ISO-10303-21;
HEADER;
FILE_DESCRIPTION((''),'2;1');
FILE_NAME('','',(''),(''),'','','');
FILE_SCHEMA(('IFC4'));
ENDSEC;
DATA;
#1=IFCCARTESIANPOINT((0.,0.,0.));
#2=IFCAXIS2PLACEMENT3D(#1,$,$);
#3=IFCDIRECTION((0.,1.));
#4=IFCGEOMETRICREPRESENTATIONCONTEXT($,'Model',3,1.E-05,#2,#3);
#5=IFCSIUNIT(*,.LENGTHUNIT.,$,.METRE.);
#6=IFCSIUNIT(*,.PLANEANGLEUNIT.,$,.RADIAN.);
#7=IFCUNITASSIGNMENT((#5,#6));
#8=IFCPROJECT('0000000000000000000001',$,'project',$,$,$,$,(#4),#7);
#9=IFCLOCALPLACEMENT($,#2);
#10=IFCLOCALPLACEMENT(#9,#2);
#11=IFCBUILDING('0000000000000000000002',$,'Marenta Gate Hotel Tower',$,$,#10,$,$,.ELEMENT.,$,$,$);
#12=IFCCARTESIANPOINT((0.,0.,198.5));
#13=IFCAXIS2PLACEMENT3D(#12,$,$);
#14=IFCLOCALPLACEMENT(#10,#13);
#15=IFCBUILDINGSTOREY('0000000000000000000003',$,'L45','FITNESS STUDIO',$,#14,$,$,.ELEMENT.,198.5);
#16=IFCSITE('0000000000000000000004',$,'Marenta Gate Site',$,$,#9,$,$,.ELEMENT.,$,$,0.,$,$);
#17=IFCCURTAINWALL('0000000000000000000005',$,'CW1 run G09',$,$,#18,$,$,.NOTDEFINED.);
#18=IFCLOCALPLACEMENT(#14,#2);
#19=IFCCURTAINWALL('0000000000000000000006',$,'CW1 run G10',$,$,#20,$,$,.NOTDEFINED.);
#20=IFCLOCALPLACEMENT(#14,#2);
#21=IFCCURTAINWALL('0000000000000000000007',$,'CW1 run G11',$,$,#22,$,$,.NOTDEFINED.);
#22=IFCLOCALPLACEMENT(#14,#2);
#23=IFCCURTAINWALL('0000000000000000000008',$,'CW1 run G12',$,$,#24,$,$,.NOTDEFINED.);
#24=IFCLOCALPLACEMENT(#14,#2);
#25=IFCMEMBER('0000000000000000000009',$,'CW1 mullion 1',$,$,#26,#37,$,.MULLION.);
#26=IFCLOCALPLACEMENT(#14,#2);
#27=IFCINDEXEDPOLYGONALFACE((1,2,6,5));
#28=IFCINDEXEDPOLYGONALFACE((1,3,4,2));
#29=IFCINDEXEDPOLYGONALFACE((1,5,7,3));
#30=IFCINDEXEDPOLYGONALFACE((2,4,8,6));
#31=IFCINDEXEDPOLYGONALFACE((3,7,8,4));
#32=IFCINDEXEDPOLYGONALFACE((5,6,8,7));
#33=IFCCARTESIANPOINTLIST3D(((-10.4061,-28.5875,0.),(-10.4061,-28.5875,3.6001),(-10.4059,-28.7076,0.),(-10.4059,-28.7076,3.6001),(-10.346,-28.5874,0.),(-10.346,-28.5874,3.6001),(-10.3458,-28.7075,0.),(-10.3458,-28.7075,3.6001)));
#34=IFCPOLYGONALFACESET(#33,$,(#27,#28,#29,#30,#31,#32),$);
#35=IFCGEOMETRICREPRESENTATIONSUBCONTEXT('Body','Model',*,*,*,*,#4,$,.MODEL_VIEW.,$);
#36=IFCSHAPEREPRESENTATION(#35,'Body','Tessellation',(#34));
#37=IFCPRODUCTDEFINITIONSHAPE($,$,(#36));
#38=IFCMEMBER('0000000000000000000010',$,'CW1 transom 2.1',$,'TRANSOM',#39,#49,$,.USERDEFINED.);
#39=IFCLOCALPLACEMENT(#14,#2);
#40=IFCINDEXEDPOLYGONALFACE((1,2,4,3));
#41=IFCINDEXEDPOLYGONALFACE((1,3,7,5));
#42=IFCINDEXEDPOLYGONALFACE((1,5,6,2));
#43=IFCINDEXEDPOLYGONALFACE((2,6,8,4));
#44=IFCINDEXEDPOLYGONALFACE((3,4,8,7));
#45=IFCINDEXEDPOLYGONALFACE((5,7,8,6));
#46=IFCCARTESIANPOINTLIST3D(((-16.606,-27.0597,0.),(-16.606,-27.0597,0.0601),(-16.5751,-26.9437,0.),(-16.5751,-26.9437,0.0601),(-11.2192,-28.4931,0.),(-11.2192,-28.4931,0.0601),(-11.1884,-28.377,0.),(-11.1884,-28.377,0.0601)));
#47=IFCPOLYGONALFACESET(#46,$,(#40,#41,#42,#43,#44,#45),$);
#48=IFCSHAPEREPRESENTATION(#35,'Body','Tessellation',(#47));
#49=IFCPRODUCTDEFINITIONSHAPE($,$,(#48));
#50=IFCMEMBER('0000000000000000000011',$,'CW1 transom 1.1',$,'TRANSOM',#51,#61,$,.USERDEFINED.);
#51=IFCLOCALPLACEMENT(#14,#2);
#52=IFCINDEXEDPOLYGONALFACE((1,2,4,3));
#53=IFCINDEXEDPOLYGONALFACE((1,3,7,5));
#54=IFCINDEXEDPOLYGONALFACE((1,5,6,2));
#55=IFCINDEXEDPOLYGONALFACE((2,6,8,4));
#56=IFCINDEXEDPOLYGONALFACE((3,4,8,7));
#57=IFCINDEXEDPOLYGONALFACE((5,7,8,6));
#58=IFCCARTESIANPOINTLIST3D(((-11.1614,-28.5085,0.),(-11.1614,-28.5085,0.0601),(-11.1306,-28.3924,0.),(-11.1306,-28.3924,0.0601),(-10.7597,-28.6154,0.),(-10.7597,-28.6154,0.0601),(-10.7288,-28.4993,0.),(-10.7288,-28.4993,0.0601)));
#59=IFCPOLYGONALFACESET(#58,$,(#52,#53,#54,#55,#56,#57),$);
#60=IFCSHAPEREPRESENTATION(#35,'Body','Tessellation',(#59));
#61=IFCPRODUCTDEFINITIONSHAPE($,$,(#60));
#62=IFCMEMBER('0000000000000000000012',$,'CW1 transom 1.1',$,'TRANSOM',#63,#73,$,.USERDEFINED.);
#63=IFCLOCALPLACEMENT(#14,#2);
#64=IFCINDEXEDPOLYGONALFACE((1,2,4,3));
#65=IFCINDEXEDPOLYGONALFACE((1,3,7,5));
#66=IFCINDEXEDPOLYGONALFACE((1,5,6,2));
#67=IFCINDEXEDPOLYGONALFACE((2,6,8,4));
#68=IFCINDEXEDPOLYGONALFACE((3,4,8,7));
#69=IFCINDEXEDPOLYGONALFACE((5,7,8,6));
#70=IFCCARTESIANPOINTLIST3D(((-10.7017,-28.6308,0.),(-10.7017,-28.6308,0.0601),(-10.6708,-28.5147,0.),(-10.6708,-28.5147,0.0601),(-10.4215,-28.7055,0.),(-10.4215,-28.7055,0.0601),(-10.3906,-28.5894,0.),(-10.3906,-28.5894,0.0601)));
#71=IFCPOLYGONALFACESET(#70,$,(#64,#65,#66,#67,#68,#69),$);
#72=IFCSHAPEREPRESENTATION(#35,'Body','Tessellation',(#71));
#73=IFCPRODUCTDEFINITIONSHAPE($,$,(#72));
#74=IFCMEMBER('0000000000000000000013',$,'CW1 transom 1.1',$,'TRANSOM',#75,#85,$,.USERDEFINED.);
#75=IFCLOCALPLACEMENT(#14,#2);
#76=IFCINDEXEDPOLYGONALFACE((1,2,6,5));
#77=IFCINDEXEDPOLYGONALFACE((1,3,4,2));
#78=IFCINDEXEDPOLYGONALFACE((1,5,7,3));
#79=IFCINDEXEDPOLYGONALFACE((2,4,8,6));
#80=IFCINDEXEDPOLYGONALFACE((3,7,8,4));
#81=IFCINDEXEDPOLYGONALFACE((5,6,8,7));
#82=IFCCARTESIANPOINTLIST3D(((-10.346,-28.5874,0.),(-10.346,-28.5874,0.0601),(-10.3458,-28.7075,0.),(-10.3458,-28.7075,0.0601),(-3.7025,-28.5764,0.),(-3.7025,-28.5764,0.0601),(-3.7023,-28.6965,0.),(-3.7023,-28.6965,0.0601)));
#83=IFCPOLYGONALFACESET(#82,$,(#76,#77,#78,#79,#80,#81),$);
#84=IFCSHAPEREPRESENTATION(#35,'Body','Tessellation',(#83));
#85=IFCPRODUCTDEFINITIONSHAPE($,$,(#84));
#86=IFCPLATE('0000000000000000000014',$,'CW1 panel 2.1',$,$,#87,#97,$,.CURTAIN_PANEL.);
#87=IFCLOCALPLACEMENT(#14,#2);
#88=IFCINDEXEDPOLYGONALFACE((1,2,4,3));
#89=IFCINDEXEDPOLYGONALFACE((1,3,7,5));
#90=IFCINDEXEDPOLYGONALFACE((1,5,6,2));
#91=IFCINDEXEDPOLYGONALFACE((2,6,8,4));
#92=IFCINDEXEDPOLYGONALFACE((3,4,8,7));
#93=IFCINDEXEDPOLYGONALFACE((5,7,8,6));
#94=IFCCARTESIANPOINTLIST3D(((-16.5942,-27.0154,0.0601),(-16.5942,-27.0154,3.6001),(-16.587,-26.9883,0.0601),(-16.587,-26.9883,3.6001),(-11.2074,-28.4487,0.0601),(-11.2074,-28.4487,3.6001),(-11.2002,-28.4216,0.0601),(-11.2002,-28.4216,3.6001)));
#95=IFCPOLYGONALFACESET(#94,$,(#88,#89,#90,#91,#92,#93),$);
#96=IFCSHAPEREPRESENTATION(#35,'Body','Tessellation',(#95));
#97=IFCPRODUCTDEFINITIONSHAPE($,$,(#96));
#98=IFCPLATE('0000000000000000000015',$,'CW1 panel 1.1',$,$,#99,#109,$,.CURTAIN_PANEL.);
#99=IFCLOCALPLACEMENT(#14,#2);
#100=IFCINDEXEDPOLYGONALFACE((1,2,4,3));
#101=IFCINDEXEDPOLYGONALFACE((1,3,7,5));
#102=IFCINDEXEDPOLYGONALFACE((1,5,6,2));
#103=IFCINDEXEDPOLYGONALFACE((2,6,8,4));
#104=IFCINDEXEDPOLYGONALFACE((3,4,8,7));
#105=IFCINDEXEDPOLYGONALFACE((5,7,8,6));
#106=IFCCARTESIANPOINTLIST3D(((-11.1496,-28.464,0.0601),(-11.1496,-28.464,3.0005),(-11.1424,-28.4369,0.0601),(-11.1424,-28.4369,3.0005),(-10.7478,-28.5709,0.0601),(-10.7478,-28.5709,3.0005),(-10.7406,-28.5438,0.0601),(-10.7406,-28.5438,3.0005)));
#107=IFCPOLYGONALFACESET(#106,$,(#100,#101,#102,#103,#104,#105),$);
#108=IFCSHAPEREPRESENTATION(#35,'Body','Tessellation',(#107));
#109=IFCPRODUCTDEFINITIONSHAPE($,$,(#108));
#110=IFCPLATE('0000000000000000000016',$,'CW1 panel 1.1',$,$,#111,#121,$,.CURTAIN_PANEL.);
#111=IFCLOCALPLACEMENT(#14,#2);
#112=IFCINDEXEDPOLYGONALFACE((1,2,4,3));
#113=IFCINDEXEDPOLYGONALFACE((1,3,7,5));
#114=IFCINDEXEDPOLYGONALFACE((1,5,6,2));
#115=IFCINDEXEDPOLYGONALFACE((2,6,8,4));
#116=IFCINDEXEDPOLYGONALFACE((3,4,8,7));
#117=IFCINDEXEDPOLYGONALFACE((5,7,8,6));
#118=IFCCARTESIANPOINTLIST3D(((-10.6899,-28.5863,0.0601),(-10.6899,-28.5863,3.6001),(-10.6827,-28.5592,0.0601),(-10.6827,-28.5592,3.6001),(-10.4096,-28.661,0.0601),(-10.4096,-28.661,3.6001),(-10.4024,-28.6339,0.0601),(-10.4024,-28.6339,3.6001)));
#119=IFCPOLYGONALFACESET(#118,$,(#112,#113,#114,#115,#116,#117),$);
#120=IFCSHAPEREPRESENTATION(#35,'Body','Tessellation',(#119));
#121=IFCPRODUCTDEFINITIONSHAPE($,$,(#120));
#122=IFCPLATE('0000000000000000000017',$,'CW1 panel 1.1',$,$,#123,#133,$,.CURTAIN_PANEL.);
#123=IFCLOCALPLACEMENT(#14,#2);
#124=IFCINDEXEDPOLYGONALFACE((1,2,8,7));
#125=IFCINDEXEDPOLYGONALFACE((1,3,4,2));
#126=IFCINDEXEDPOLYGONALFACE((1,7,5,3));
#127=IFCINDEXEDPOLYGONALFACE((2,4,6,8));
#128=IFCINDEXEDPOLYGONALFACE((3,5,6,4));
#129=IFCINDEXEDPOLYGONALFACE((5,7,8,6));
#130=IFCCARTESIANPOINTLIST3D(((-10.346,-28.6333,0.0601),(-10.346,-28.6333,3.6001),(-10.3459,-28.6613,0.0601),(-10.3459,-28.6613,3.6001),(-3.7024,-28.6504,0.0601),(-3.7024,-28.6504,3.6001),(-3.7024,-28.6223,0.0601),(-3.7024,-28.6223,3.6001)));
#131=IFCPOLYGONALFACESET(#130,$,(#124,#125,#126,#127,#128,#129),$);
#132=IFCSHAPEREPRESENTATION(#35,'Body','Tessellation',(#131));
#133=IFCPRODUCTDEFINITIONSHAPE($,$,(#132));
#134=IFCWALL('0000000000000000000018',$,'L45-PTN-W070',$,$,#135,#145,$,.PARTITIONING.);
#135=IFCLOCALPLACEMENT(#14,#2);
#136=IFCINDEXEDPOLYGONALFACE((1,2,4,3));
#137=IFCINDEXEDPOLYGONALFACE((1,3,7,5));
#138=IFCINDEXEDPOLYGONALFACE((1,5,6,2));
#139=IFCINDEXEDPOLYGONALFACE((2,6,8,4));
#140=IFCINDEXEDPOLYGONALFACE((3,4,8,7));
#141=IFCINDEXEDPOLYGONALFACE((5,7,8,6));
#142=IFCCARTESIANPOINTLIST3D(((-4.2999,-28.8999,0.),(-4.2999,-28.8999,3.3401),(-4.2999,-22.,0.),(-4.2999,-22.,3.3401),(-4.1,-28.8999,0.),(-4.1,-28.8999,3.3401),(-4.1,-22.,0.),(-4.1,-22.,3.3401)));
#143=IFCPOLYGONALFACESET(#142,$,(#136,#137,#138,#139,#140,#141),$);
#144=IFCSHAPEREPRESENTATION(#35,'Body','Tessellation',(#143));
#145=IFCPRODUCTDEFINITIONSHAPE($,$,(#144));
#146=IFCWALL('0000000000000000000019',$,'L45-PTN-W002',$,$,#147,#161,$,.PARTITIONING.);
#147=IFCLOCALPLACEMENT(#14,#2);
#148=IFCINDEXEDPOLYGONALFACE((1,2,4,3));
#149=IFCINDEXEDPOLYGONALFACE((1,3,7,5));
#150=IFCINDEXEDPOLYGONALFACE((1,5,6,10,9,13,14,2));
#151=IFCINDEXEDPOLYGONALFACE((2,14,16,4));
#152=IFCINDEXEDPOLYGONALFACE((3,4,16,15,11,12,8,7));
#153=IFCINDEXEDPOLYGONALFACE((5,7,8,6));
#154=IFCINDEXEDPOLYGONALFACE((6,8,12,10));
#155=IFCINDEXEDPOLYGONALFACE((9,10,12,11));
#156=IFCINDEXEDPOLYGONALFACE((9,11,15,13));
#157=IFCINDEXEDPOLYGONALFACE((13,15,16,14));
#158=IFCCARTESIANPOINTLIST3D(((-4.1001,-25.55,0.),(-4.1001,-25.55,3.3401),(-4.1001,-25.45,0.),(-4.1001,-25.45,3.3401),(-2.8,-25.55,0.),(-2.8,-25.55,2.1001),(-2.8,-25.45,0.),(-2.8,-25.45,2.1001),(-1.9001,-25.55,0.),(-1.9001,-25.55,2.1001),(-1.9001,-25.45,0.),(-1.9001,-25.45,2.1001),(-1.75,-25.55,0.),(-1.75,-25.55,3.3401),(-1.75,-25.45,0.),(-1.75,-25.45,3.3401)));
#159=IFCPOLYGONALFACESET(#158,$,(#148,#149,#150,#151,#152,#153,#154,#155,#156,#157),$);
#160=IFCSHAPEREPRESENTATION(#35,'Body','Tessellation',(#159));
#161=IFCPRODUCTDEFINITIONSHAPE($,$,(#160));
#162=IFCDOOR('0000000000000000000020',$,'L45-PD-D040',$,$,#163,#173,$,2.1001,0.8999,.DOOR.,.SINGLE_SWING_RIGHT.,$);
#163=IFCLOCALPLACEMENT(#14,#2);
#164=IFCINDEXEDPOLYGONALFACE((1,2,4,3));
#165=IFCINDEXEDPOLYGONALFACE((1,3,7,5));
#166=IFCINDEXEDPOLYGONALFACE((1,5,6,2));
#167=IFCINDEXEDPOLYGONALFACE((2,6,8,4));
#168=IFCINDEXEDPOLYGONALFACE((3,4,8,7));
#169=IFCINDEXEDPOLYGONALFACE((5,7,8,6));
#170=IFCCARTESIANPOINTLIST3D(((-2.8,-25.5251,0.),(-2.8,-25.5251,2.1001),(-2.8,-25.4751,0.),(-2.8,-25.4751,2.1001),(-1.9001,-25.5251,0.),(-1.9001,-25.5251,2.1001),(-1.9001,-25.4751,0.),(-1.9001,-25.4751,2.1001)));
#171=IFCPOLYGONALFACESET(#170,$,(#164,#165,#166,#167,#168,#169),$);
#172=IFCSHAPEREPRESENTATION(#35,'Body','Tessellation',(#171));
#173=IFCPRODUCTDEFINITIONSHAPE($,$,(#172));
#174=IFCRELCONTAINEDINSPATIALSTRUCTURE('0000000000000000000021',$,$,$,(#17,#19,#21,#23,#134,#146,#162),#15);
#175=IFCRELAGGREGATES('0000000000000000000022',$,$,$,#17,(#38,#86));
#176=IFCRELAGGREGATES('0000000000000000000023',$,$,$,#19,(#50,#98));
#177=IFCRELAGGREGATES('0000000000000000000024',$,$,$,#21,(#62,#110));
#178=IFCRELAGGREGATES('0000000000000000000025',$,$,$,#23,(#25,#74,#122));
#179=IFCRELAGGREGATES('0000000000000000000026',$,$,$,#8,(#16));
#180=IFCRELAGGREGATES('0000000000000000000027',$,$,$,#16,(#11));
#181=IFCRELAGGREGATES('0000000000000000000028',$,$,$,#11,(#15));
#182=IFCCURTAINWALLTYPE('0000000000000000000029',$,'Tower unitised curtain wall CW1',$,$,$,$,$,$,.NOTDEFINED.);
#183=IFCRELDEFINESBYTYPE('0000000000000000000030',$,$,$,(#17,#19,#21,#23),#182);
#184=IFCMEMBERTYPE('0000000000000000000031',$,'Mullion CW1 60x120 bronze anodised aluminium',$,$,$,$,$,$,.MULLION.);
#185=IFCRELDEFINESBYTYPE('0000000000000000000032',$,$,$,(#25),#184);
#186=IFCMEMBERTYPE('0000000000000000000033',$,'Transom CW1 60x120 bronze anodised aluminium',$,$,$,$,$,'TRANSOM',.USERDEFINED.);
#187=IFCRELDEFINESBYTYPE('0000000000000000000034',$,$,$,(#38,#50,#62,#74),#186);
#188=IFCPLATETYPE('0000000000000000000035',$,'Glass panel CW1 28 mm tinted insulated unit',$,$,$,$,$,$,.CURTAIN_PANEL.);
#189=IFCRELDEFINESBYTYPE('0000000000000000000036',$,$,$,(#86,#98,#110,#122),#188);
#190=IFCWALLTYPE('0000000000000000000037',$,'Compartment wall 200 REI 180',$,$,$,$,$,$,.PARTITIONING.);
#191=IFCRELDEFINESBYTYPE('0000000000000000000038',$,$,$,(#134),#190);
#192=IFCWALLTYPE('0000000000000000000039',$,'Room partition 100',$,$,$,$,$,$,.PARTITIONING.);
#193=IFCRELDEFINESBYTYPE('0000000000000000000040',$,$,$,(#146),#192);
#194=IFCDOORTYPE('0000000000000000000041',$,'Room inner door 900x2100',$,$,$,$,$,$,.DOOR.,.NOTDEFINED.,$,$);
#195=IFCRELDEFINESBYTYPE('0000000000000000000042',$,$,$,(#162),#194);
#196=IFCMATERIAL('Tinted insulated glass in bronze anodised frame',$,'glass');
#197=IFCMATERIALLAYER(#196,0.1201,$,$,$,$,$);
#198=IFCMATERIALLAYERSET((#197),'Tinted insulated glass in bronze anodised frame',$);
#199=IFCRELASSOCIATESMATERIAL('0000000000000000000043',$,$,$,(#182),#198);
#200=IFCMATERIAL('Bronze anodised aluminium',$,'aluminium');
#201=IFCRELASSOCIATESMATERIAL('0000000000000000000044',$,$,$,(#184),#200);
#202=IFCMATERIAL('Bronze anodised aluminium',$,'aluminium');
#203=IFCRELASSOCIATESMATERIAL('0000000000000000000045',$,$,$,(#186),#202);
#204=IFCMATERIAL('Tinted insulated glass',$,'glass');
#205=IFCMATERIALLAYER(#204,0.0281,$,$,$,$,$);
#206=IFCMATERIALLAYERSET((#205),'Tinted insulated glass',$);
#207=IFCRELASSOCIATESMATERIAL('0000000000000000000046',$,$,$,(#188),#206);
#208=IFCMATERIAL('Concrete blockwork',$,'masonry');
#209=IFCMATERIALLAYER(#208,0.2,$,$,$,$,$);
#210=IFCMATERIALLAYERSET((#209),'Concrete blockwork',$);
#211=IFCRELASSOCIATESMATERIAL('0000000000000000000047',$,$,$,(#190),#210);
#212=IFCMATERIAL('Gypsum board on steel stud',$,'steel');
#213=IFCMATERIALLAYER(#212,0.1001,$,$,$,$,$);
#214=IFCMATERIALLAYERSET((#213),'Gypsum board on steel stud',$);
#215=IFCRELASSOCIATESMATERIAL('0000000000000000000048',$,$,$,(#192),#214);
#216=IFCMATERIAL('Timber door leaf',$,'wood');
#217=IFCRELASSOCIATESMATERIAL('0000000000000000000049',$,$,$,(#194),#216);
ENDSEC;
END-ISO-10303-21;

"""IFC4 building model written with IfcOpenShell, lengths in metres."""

from ifc_helpers import new_model, si_unit, direction, frame, frame_2d, origin, origin_2d, place, context, subcontext, project, spatial, rectangle, extrude, material, layer, layer_set, material_profile, profile_set, type_object, element, fill, aggregate, save


model = new_model("IFC4")

# Units and contexts
model_context = context("Model", 3, precision=1e-05, world=origin(), true_north=direction((0.0, 1.0)))
body_context = subcontext(model_context, "Body", "Model", "MODEL_VIEW")
ifc_project = project(units=[si_unit("LENGTHUNIT", "METRE"), si_unit("PLANEANGLEUNIT", "RADIAN")], contexts=[model_context])

# Site, building, storey
site_placement = place(None, origin())
site = spatial("IfcSite", under=ifc_project, at=site_placement, Name="Marenta Gate Site", CompositionType="ELEMENT", RefElevation=0.0)
building_placement = place(site_placement, origin())
building = spatial("IfcBuilding", under=site, at=building_placement, Name="Marenta Gate Hotel Tower", CompositionType="ELEMENT")
storey_placement = place(building_placement, frame((0.0, 0.0, 198.5)))
storey = spatial("IfcBuildingStorey", under=building, at=storey_placement, Name="L45", Description="FITNESS STUDIO", CompositionType="ELEMENT", Elevation=198.5)

# Curtain walls, member
ifc_material_1 = material(Name="Tinted insulated glass in bronze anodised frame", Category="glass")
ifc_layer_1 = layer(ifc_material_1, 0.1201)
ifc_layer_set_1 = layer_set([ifc_layer_1], Name="Tinted insulated glass in bronze anodised frame")
curtain_wall_type = type_object("IfcCurtainWallType", Name="Tower unitised curtain wall CW1", PredefinedType="NOTDEFINED", material=ifc_layer_set_1)
curtain_wall_1_placement = place(storey_placement, origin())
curtain_wall_1 = element("IfcCurtainWall", 1, at=curtain_wall_1_placement, inside=storey, type_object=curtain_wall_type, Name="CW1 run G09", PredefinedType="NOTDEFINED")
ifc_material_2 = material(Name="Bronze anodised aluminium", Category="aluminium")
ifc_material_profile_1 = material_profile(ifc_material_2, rectangle(XDim=0.1201, YDim=0.0601, at=origin_2d()), Name="Mullion CW1 60x120 bronze anodised aluminium")
ifc_profile_set_1 = profile_set([ifc_material_profile_1], Name="Bronze anodised aluminium")
member_type_1 = type_object("IfcMemberType", Name="Mullion CW1 60x120 bronze anodised aluminium", PredefinedType="MULLION", material=ifc_profile_set_1)
curtain_wall_2_placement = place(storey_placement, origin())
curtain_wall_2 = element("IfcCurtainWall", 2, at=curtain_wall_2_placement, inside=storey, type_object=curtain_wall_type, Name="CW1 run G10", PredefinedType="NOTDEFINED")
curtain_wall_3_placement = place(storey_placement, origin())
curtain_wall_3 = element("IfcCurtainWall", 3, at=curtain_wall_3_placement, inside=storey, type_object=curtain_wall_type, Name="CW1 run G11", PredefinedType="NOTDEFINED")
curtain_wall_4_placement = place(storey_placement, origin())
curtain_wall_4 = element("IfcCurtainWall", 4, at=curtain_wall_4_placement, inside=storey, type_object=curtain_wall_type, Name="CW1 run G12", PredefinedType="NOTDEFINED")
member_1_placement = place(storey_placement, frame((-10.376, -28.6475, 0.0), z_axis=(0.0, 0.0, 1.0), x_axis=(-0.001643, 0.999999, 0.0)))
member_1 = element("IfcMember", 5, at=member_1_placement, type_object=member_type_1, Name="CW1 mullion 1", PredefinedType="MULLION", context=body_context, shape_type="SweptSolid", body=[
    extrude(rectangle(XDim=0.1201, YDim=0.0601, at=origin_2d()), origin(), (0.0, 0.0, 1.0), 3.6001),
])

# Members
ifc_material_3 = material(Name="Bronze anodised aluminium", Category="aluminium")
ifc_material_profile_2 = material_profile(ifc_material_3, rectangle(XDim=0.1201, YDim=0.0601, at=origin_2d()), Name="Transom CW1 60x120 bronze anodised aluminium")
ifc_profile_set_2 = profile_set([ifc_material_profile_2], Name="Bronze anodised aluminium")
member_type_2 = type_object("IfcMemberType", Name="Transom CW1 60x120 bronze anodised aluminium", ElementType="TRANSOM", PredefinedType="USERDEFINED", material=ifc_profile_set_2)
member_2_placement = place(storey_placement, frame((-16.5906, -27.0017, 0.03), z_axis=(0.966374, -0.257142, 0.0), x_axis=(0.257142, 0.966374, 0.0)))
member_2 = element("IfcMember", 6, at=member_2_placement, type_object=member_type_2, Name="CW1 transom 2.1", ObjectType="TRANSOM", PredefinedType="USERDEFINED", context=body_context, shape_type="SweptSolid", body=[
    extrude(rectangle(XDim=0.1201, YDim=0.0601, at=origin_2d()), origin(), (0.0, 0.0, 1.0), 5.5742),
])
member_3_placement = place(storey_placement, frame((-11.146, -28.4504, 0.03), z_axis=(0.966371, -0.257151, 0.0), x_axis=(0.257151, 0.966371, 0.0)))
member_3 = element("IfcMember", 7, at=member_3_placement, type_object=member_type_2, Name="CW1 transom 1.1", ObjectType="TRANSOM", PredefinedType="USERDEFINED", context=body_context, shape_type="SweptSolid", body=[
    extrude(rectangle(XDim=0.1201, YDim=0.0601, at=origin_2d()), origin(), (0.0, 0.0, 1.0), 0.4158),
])
member_4_placement = place(storey_placement, frame((-10.6863, -28.5728, 0.03), z_axis=(0.966263, -0.257558, 0.0), x_axis=(0.257558, 0.966263, 0.0)))
member_4 = element("IfcMember", 8, at=member_4_placement, type_object=member_type_2, Name="CW1 transom 1.1", ObjectType="TRANSOM", PredefinedType="USERDEFINED", context=body_context, shape_type="SweptSolid", body=[
    extrude(rectangle(XDim=0.1201, YDim=0.0601, at=origin_2d()), origin(), (0.0, 0.0, 1.0), 0.29),
])
member_5_placement = place(storey_placement, frame((-10.3459, -28.6475, 0.03), z_axis=(0.999999, 0.001654, 0.0), x_axis=(-0.001654, 0.999999, 0.0)))
member_5 = element("IfcMember", 9, at=member_5_placement, type_object=member_type_2, Name="CW1 transom 1.1", ObjectType="TRANSOM", PredefinedType="USERDEFINED", context=body_context, shape_type="SweptSolid", body=[
    extrude(rectangle(XDim=0.1201, YDim=0.0601, at=origin_2d()), origin(), (0.0, 0.0, 1.0), 6.6436),
])

# Plates
ifc_material_4 = material(Name="Tinted insulated glass", Category="glass")
ifc_layer_2 = layer(ifc_material_4, 0.0281)
ifc_layer_set_2 = layer_set([ifc_layer_2], Name="Tinted insulated glass")
plate_type = type_object("IfcPlateType", Name="Glass panel CW1 28 mm tinted insulated unit", PredefinedType="CURTAIN_PANEL", material=ifc_layer_set_2)
plate_1_placement = place(storey_placement, frame((-13.8972, -27.7185, 0.0601), z_axis=(0.0, 0.0, 1.0), x_axis=(0.966376, -0.257132, 0.0)))
plate_1 = element("IfcPlate", 10, at=plate_1_placement, type_object=plate_type, Name="CW1 panel 2.1", PredefinedType="CURTAIN_PANEL", context=body_context, shape_type="SweptSolid", body=[
    extrude(rectangle(XDim=5.5742, YDim=0.0281, at=origin_2d()), origin(), (0.0, 0.0, 1.0), 3.54),
])
aggregate(curtain_wall_1, [member_2, plate_1])
plate_2_placement = place(storey_placement, frame((-10.9451, -28.5039, 0.0601), z_axis=(0.0, 0.0, 1.0), x_axis=(0.966385, -0.2571, 0.0)))
plate_2 = element("IfcPlate", 11, at=plate_2_placement, type_object=plate_type, Name="CW1 panel 1.1", PredefinedType="CURTAIN_PANEL", context=body_context, shape_type="SweptSolid", body=[
    extrude(rectangle(XDim=0.4158, YDim=0.0281, at=origin_2d()), origin(), (0.0, 0.0, 1.0), 2.9404),
])
aggregate(curtain_wall_2, [member_3, plate_2])
plate_3_placement = place(storey_placement, frame((-10.5461, -28.6101, 0.0601), z_axis=(0.0, 0.0, 1.0), x_axis=(0.966297, -0.257431, 0.0)))
plate_3 = element("IfcPlate", 12, at=plate_3_placement, type_object=plate_type, Name="CW1 panel 1.1", PredefinedType="CURTAIN_PANEL", context=body_context, shape_type="SweptSolid", body=[
    extrude(rectangle(XDim=0.29, YDim=0.0281, at=origin_2d()), origin(), (0.0, 0.0, 1.0), 3.54),
])
aggregate(curtain_wall_3, [member_4, plate_3])
plate_4_placement = place(storey_placement, frame((-7.0242, -28.6418, 0.0601), z_axis=(0.0, 0.0, 1.0), x_axis=(0.999999, 0.001643, 0.0)))
plate_4 = element("IfcPlate", 13, at=plate_4_placement, type_object=plate_type, Name="CW1 panel 1.1", PredefinedType="CURTAIN_PANEL", context=body_context, shape_type="SweptSolid", body=[
    extrude(rectangle(XDim=6.6436, YDim=0.0281, at=origin_2d()), origin(), (0.0, 0.0, 1.0), 3.54),
])
aggregate(curtain_wall_4, [member_1, member_5, plate_4])

# Wall
ifc_material_5 = material(Name="Concrete blockwork", Category="masonry")
ifc_layer_3 = layer(ifc_material_5, 0.2)
ifc_layer_set_3 = layer_set([ifc_layer_3], Name="Concrete blockwork")
wall_type_1 = type_object("IfcWallType", Name="Compartment wall 200 REI 180", PredefinedType="PARTITIONING", material=ifc_layer_set_3)
wall_1_placement = place(storey_placement, frame((-4.2, -28.8999, 0.0), z_axis=(0.0, 0.0, 1.0), x_axis=(0.0, 1.0, 0.0)))
element("IfcWall", 14, at=wall_1_placement, inside=storey, type_object=wall_type_1, Name="L45-PTN-W070", PredefinedType="PARTITIONING", context=body_context, shape_type="SweptSolid", body=[
    extrude(rectangle(XDim=6.8999, YDim=0.2, at=frame_2d((3.45, 0.0))), origin(), (0.0, 0.0, 1.0), 3.3401),
])

# Wall, opening, door
ifc_material_6 = material(Name="Gypsum board on steel stud", Category="steel")
ifc_layer_4 = layer(ifc_material_6, 0.1001)
ifc_layer_set_4 = layer_set([ifc_layer_4], Name="Gypsum board on steel stud")
wall_type_2 = type_object("IfcWallType", Name="Room partition 100", PredefinedType="PARTITIONING", material=ifc_layer_set_4)
wall_2_placement = place(storey_placement, frame((-4.1001, -25.5, 0.0), z_axis=(0.0, 0.0, 1.0), x_axis=(1.0, 0.0, 0.0)))
wall_2 = element("IfcWall", 15, at=wall_2_placement, inside=storey, type_object=wall_type_2, Name="L45-PTN-W002", PredefinedType="PARTITIONING", context=body_context, shape_type="SweptSolid", body=[
    extrude(rectangle(XDim=2.3501, YDim=0.1001, at=frame_2d((1.175, 0.0))), origin(), (0.0, 0.0, 1.0), 3.3401),
])
opening_1_placement = place(wall_2_placement, frame((1.3, 0.0, 0.0)))
opening_1 = element("IfcOpeningElement", 16, at=opening_1_placement, cuts=wall_2, PredefinedType="OPENING", context=body_context, shape_type="SweptSolid", body=[
    extrude(rectangle(XDim=0.8999, YDim=2.1001, at=frame_2d((0.45, 1.05))), frame((0.0, 0.05, 0.0), z_axis=(0.0, -1.0, 0.0), x_axis=(1.0, 0.0, 0.0)), (0.0, 0.0, 1.0), 0.1001),
])
ifc_material_7 = material(Name="Timber door leaf", Category="wood")
door_type_1 = type_object("IfcDoorType", Name="Room inner door 900x2100", OperationType="NOTDEFINED", PredefinedType="DOOR", material=ifc_material_7)
door_1_placement = place(opening_1_placement, origin())
door_1 = element("IfcDoor", 17, at=door_1_placement, inside=storey, type_object=door_type_1, Name="L45-PD-D040", OperationType="SINGLE_SWING_RIGHT", OverallHeight=2.1001, OverallWidth=0.8999, PredefinedType="DOOR", context=body_context, shape_type="SweptSolid", body=[
    extrude(rectangle(XDim=0.8999, YDim=2.1001, at=frame_2d((0.45, 1.05))), frame((0.0, 0.0249, 0.0), z_axis=(0.0, -1.0, 0.0), x_axis=(1.0, 0.0, 0.0)), (0.0, 0.0, 1.0), 0.05),
])
fill(opening_1, door_1)

save(model, "model.ifc")
